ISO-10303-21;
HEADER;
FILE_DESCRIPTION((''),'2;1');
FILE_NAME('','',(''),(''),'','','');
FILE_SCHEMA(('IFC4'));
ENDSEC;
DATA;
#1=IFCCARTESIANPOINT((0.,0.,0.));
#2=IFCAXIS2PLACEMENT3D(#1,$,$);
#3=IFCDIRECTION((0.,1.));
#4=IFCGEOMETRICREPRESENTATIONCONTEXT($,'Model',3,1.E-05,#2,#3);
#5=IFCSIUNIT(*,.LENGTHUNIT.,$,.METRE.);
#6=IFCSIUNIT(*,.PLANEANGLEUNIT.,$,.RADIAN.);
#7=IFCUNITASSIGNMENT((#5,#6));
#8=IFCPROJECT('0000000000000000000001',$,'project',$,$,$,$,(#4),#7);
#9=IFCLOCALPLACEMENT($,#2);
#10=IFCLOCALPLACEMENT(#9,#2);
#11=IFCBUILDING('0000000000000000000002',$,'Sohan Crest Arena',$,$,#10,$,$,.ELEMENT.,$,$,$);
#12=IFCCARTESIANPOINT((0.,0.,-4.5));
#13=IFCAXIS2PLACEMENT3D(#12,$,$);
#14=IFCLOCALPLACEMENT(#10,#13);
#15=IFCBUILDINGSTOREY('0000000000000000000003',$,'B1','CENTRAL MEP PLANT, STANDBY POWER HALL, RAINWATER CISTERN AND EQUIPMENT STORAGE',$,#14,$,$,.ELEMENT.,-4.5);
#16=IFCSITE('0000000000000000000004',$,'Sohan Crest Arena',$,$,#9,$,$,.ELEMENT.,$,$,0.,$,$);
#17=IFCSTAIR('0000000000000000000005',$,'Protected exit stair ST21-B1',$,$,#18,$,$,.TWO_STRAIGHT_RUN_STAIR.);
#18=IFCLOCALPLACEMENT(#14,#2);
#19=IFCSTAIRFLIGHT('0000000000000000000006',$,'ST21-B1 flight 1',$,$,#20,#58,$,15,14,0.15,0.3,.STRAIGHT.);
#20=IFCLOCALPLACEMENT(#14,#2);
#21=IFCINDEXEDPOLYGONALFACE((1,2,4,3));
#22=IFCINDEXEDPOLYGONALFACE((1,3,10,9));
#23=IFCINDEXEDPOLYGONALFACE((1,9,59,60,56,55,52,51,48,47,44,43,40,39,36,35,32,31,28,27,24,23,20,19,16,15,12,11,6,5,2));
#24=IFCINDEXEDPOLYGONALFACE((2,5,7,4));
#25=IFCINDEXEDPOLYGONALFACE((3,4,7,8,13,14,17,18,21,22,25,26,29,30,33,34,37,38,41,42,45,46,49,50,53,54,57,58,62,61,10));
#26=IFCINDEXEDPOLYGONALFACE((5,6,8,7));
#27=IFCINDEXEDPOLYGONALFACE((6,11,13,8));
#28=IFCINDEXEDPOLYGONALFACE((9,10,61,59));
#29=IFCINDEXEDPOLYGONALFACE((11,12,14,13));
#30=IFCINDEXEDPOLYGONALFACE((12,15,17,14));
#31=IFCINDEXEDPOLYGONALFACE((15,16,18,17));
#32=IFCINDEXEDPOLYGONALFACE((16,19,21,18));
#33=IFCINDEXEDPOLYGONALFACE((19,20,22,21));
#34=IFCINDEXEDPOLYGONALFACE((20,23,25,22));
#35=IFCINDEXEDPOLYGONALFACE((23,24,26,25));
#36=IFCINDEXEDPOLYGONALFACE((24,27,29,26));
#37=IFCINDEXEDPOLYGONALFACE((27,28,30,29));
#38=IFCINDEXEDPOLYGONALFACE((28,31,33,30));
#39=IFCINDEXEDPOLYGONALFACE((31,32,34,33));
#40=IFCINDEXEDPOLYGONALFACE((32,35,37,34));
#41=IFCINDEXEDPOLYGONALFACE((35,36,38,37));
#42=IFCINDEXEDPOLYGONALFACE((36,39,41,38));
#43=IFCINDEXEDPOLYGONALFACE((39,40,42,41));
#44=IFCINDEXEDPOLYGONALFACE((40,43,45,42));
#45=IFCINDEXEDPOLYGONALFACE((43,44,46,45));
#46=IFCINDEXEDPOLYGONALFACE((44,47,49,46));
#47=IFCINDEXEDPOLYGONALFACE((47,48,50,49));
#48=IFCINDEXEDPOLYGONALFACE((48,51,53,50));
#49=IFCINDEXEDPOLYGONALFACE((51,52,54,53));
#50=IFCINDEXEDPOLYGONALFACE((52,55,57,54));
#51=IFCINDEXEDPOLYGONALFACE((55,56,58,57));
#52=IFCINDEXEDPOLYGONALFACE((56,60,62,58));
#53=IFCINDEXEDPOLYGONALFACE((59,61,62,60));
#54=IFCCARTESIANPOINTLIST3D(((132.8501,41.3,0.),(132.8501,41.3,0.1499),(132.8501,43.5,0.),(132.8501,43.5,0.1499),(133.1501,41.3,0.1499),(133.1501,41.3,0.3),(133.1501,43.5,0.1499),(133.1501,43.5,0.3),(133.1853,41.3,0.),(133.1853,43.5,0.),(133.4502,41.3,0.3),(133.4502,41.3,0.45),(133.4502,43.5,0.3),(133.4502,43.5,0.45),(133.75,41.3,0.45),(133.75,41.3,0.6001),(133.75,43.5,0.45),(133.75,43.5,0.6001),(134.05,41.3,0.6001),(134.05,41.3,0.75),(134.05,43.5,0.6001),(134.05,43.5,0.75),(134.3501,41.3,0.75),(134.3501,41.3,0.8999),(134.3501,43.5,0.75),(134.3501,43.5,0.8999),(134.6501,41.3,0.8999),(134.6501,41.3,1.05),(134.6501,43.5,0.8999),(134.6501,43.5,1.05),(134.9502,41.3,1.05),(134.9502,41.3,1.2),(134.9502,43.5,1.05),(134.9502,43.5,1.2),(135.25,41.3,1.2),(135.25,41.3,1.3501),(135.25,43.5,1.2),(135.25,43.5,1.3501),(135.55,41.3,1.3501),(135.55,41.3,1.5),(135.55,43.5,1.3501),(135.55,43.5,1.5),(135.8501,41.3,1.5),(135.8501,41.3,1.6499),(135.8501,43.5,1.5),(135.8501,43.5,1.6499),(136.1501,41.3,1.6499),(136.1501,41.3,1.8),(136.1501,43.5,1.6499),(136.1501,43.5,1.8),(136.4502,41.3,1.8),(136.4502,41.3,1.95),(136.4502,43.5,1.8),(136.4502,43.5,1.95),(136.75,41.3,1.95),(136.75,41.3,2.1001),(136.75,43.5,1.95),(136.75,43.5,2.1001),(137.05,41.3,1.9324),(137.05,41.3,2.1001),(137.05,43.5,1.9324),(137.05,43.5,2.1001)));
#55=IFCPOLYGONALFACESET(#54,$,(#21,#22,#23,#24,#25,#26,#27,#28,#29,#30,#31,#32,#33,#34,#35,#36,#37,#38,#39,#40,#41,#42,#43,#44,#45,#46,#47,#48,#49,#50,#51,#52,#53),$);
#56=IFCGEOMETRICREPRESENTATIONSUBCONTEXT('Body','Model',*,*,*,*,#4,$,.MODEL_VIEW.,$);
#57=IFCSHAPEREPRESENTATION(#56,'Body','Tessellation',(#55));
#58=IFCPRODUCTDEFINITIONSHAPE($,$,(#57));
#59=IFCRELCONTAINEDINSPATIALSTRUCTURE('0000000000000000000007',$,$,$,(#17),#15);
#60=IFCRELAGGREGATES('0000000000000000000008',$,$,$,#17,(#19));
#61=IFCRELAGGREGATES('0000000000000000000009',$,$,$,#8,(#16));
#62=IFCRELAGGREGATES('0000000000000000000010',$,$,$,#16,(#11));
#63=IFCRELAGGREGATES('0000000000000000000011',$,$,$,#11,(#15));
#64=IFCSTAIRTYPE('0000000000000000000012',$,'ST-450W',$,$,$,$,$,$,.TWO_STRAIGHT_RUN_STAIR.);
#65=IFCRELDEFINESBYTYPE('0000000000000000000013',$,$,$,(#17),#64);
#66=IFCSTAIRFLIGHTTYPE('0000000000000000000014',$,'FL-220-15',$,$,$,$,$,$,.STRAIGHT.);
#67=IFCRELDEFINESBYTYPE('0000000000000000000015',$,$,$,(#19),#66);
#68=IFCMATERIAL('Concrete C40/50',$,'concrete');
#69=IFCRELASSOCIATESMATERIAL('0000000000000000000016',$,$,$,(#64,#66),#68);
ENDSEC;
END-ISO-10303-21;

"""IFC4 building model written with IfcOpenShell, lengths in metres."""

from ifc_helpers import new_model, si_unit, direction, frame, origin, place, context, subcontext, project, spatial, polyline, outline, extrude, material, type_object, element, aggregate, save


model = new_model("IFC4")

# Units and contexts
model_context = context("Model", 3, precision=1e-05, world=origin(), true_north=direction((0.0, 1.0)))
body_context = subcontext(model_context, "Body", "Model", "MODEL_VIEW")
ifc_project = project(units=[si_unit("LENGTHUNIT", "METRE"), si_unit("PLANEANGLEUNIT", "RADIAN")], contexts=[model_context])

# Site, building, storey
site_placement = place(None, origin())
site = spatial("IfcSite", under=ifc_project, at=site_placement, Name="Sohan Crest Arena", CompositionType="ELEMENT", RefElevation=0.0)
building_placement = place(site_placement, origin())
building = spatial("IfcBuilding", under=site, at=building_placement, Name="Sohan Crest Arena", CompositionType="ELEMENT")
storey_placement = place(building_placement, frame((0.0, 0.0, -4.5)))
storey = spatial("IfcBuildingStorey", under=building, at=storey_placement, Name="B1", Description="CENTRAL MEP PLANT, STANDBY POWER HALL, RAINWATER CISTERN AND EQUIPMENT STORAGE", CompositionType="ELEMENT", Elevation=-4.5)

# Shared definitions
ifc_material_1 = material(Name="Concrete C40/50", Category="concrete")

# Stair, stair flight
stair_type = type_object("IfcStairType", Name="ST-450W", PredefinedType="TWO_STRAIGHT_RUN_STAIR", material=ifc_material_1)
stair_placement = place(storey_placement, origin())
stair = element("IfcStair", 1, at=stair_placement, inside=storey, type_object=stair_type, Name="Protected exit stair ST21-B1", PredefinedType="TWO_STRAIGHT_RUN_STAIR")
stair_flight_type = type_object("IfcStairFlightType", Name="FL-220-15", PredefinedType="STRAIGHT", material=ifc_material_1)
stair_flight_placement = place(storey_placement, frame((132.8501, 42.3999, 0.0), z_axis=(0.0, 0.0, 1.0), x_axis=(1.0, 0.0, 0.0)))
stair_flight = element("IfcStairFlight", 2, at=stair_flight_placement, type_object=stair_flight_type, Name="ST21-B1 flight 1", NumberOfRisers=15, NumberOfTreads=14, PredefinedType="STRAIGHT", RiserHeight=0.15, TreadLength=0.3, context=body_context, shape_type="SweptSolid", body=[
    extrude(outline(polyline([(0.0, 0.0), (0.0, 0.1499), (0.3, 0.1499), (0.3, 0.3), (0.6001, 0.3), (0.6001, 0.45), (0.8999, 0.45), (0.8999, 0.6001), (1.2, 0.6001), (1.2, 0.75), (1.5, 0.75), (1.5, 0.8999), (1.8, 0.8999), (1.8, 1.05), (2.1001, 1.05), (2.1001, 1.2), (2.3999, 1.2), (2.3999, 1.3501), (2.7, 1.3501), (2.7, 1.5), (3.0, 1.5), (3.0, 1.6499), (3.3, 1.6499), (3.3, 1.8), (3.6001, 1.8), (3.6001, 1.95), (3.8999, 1.95), (3.8999, 2.1001), (4.2, 2.1001), (4.2, 2.25), (4.2, 1.9324), (0.3352, 0.0), (0.0, 0.0)])), frame((0.0, 1.1001, 0.0), z_axis=(0.0, -1.0, 0.0), x_axis=(1.0, 0.0, 0.0)), (0.0, 0.0, 1.0), 2.2),
])
aggregate(stair, [stair_flight])

save(model, "model.ifc")
